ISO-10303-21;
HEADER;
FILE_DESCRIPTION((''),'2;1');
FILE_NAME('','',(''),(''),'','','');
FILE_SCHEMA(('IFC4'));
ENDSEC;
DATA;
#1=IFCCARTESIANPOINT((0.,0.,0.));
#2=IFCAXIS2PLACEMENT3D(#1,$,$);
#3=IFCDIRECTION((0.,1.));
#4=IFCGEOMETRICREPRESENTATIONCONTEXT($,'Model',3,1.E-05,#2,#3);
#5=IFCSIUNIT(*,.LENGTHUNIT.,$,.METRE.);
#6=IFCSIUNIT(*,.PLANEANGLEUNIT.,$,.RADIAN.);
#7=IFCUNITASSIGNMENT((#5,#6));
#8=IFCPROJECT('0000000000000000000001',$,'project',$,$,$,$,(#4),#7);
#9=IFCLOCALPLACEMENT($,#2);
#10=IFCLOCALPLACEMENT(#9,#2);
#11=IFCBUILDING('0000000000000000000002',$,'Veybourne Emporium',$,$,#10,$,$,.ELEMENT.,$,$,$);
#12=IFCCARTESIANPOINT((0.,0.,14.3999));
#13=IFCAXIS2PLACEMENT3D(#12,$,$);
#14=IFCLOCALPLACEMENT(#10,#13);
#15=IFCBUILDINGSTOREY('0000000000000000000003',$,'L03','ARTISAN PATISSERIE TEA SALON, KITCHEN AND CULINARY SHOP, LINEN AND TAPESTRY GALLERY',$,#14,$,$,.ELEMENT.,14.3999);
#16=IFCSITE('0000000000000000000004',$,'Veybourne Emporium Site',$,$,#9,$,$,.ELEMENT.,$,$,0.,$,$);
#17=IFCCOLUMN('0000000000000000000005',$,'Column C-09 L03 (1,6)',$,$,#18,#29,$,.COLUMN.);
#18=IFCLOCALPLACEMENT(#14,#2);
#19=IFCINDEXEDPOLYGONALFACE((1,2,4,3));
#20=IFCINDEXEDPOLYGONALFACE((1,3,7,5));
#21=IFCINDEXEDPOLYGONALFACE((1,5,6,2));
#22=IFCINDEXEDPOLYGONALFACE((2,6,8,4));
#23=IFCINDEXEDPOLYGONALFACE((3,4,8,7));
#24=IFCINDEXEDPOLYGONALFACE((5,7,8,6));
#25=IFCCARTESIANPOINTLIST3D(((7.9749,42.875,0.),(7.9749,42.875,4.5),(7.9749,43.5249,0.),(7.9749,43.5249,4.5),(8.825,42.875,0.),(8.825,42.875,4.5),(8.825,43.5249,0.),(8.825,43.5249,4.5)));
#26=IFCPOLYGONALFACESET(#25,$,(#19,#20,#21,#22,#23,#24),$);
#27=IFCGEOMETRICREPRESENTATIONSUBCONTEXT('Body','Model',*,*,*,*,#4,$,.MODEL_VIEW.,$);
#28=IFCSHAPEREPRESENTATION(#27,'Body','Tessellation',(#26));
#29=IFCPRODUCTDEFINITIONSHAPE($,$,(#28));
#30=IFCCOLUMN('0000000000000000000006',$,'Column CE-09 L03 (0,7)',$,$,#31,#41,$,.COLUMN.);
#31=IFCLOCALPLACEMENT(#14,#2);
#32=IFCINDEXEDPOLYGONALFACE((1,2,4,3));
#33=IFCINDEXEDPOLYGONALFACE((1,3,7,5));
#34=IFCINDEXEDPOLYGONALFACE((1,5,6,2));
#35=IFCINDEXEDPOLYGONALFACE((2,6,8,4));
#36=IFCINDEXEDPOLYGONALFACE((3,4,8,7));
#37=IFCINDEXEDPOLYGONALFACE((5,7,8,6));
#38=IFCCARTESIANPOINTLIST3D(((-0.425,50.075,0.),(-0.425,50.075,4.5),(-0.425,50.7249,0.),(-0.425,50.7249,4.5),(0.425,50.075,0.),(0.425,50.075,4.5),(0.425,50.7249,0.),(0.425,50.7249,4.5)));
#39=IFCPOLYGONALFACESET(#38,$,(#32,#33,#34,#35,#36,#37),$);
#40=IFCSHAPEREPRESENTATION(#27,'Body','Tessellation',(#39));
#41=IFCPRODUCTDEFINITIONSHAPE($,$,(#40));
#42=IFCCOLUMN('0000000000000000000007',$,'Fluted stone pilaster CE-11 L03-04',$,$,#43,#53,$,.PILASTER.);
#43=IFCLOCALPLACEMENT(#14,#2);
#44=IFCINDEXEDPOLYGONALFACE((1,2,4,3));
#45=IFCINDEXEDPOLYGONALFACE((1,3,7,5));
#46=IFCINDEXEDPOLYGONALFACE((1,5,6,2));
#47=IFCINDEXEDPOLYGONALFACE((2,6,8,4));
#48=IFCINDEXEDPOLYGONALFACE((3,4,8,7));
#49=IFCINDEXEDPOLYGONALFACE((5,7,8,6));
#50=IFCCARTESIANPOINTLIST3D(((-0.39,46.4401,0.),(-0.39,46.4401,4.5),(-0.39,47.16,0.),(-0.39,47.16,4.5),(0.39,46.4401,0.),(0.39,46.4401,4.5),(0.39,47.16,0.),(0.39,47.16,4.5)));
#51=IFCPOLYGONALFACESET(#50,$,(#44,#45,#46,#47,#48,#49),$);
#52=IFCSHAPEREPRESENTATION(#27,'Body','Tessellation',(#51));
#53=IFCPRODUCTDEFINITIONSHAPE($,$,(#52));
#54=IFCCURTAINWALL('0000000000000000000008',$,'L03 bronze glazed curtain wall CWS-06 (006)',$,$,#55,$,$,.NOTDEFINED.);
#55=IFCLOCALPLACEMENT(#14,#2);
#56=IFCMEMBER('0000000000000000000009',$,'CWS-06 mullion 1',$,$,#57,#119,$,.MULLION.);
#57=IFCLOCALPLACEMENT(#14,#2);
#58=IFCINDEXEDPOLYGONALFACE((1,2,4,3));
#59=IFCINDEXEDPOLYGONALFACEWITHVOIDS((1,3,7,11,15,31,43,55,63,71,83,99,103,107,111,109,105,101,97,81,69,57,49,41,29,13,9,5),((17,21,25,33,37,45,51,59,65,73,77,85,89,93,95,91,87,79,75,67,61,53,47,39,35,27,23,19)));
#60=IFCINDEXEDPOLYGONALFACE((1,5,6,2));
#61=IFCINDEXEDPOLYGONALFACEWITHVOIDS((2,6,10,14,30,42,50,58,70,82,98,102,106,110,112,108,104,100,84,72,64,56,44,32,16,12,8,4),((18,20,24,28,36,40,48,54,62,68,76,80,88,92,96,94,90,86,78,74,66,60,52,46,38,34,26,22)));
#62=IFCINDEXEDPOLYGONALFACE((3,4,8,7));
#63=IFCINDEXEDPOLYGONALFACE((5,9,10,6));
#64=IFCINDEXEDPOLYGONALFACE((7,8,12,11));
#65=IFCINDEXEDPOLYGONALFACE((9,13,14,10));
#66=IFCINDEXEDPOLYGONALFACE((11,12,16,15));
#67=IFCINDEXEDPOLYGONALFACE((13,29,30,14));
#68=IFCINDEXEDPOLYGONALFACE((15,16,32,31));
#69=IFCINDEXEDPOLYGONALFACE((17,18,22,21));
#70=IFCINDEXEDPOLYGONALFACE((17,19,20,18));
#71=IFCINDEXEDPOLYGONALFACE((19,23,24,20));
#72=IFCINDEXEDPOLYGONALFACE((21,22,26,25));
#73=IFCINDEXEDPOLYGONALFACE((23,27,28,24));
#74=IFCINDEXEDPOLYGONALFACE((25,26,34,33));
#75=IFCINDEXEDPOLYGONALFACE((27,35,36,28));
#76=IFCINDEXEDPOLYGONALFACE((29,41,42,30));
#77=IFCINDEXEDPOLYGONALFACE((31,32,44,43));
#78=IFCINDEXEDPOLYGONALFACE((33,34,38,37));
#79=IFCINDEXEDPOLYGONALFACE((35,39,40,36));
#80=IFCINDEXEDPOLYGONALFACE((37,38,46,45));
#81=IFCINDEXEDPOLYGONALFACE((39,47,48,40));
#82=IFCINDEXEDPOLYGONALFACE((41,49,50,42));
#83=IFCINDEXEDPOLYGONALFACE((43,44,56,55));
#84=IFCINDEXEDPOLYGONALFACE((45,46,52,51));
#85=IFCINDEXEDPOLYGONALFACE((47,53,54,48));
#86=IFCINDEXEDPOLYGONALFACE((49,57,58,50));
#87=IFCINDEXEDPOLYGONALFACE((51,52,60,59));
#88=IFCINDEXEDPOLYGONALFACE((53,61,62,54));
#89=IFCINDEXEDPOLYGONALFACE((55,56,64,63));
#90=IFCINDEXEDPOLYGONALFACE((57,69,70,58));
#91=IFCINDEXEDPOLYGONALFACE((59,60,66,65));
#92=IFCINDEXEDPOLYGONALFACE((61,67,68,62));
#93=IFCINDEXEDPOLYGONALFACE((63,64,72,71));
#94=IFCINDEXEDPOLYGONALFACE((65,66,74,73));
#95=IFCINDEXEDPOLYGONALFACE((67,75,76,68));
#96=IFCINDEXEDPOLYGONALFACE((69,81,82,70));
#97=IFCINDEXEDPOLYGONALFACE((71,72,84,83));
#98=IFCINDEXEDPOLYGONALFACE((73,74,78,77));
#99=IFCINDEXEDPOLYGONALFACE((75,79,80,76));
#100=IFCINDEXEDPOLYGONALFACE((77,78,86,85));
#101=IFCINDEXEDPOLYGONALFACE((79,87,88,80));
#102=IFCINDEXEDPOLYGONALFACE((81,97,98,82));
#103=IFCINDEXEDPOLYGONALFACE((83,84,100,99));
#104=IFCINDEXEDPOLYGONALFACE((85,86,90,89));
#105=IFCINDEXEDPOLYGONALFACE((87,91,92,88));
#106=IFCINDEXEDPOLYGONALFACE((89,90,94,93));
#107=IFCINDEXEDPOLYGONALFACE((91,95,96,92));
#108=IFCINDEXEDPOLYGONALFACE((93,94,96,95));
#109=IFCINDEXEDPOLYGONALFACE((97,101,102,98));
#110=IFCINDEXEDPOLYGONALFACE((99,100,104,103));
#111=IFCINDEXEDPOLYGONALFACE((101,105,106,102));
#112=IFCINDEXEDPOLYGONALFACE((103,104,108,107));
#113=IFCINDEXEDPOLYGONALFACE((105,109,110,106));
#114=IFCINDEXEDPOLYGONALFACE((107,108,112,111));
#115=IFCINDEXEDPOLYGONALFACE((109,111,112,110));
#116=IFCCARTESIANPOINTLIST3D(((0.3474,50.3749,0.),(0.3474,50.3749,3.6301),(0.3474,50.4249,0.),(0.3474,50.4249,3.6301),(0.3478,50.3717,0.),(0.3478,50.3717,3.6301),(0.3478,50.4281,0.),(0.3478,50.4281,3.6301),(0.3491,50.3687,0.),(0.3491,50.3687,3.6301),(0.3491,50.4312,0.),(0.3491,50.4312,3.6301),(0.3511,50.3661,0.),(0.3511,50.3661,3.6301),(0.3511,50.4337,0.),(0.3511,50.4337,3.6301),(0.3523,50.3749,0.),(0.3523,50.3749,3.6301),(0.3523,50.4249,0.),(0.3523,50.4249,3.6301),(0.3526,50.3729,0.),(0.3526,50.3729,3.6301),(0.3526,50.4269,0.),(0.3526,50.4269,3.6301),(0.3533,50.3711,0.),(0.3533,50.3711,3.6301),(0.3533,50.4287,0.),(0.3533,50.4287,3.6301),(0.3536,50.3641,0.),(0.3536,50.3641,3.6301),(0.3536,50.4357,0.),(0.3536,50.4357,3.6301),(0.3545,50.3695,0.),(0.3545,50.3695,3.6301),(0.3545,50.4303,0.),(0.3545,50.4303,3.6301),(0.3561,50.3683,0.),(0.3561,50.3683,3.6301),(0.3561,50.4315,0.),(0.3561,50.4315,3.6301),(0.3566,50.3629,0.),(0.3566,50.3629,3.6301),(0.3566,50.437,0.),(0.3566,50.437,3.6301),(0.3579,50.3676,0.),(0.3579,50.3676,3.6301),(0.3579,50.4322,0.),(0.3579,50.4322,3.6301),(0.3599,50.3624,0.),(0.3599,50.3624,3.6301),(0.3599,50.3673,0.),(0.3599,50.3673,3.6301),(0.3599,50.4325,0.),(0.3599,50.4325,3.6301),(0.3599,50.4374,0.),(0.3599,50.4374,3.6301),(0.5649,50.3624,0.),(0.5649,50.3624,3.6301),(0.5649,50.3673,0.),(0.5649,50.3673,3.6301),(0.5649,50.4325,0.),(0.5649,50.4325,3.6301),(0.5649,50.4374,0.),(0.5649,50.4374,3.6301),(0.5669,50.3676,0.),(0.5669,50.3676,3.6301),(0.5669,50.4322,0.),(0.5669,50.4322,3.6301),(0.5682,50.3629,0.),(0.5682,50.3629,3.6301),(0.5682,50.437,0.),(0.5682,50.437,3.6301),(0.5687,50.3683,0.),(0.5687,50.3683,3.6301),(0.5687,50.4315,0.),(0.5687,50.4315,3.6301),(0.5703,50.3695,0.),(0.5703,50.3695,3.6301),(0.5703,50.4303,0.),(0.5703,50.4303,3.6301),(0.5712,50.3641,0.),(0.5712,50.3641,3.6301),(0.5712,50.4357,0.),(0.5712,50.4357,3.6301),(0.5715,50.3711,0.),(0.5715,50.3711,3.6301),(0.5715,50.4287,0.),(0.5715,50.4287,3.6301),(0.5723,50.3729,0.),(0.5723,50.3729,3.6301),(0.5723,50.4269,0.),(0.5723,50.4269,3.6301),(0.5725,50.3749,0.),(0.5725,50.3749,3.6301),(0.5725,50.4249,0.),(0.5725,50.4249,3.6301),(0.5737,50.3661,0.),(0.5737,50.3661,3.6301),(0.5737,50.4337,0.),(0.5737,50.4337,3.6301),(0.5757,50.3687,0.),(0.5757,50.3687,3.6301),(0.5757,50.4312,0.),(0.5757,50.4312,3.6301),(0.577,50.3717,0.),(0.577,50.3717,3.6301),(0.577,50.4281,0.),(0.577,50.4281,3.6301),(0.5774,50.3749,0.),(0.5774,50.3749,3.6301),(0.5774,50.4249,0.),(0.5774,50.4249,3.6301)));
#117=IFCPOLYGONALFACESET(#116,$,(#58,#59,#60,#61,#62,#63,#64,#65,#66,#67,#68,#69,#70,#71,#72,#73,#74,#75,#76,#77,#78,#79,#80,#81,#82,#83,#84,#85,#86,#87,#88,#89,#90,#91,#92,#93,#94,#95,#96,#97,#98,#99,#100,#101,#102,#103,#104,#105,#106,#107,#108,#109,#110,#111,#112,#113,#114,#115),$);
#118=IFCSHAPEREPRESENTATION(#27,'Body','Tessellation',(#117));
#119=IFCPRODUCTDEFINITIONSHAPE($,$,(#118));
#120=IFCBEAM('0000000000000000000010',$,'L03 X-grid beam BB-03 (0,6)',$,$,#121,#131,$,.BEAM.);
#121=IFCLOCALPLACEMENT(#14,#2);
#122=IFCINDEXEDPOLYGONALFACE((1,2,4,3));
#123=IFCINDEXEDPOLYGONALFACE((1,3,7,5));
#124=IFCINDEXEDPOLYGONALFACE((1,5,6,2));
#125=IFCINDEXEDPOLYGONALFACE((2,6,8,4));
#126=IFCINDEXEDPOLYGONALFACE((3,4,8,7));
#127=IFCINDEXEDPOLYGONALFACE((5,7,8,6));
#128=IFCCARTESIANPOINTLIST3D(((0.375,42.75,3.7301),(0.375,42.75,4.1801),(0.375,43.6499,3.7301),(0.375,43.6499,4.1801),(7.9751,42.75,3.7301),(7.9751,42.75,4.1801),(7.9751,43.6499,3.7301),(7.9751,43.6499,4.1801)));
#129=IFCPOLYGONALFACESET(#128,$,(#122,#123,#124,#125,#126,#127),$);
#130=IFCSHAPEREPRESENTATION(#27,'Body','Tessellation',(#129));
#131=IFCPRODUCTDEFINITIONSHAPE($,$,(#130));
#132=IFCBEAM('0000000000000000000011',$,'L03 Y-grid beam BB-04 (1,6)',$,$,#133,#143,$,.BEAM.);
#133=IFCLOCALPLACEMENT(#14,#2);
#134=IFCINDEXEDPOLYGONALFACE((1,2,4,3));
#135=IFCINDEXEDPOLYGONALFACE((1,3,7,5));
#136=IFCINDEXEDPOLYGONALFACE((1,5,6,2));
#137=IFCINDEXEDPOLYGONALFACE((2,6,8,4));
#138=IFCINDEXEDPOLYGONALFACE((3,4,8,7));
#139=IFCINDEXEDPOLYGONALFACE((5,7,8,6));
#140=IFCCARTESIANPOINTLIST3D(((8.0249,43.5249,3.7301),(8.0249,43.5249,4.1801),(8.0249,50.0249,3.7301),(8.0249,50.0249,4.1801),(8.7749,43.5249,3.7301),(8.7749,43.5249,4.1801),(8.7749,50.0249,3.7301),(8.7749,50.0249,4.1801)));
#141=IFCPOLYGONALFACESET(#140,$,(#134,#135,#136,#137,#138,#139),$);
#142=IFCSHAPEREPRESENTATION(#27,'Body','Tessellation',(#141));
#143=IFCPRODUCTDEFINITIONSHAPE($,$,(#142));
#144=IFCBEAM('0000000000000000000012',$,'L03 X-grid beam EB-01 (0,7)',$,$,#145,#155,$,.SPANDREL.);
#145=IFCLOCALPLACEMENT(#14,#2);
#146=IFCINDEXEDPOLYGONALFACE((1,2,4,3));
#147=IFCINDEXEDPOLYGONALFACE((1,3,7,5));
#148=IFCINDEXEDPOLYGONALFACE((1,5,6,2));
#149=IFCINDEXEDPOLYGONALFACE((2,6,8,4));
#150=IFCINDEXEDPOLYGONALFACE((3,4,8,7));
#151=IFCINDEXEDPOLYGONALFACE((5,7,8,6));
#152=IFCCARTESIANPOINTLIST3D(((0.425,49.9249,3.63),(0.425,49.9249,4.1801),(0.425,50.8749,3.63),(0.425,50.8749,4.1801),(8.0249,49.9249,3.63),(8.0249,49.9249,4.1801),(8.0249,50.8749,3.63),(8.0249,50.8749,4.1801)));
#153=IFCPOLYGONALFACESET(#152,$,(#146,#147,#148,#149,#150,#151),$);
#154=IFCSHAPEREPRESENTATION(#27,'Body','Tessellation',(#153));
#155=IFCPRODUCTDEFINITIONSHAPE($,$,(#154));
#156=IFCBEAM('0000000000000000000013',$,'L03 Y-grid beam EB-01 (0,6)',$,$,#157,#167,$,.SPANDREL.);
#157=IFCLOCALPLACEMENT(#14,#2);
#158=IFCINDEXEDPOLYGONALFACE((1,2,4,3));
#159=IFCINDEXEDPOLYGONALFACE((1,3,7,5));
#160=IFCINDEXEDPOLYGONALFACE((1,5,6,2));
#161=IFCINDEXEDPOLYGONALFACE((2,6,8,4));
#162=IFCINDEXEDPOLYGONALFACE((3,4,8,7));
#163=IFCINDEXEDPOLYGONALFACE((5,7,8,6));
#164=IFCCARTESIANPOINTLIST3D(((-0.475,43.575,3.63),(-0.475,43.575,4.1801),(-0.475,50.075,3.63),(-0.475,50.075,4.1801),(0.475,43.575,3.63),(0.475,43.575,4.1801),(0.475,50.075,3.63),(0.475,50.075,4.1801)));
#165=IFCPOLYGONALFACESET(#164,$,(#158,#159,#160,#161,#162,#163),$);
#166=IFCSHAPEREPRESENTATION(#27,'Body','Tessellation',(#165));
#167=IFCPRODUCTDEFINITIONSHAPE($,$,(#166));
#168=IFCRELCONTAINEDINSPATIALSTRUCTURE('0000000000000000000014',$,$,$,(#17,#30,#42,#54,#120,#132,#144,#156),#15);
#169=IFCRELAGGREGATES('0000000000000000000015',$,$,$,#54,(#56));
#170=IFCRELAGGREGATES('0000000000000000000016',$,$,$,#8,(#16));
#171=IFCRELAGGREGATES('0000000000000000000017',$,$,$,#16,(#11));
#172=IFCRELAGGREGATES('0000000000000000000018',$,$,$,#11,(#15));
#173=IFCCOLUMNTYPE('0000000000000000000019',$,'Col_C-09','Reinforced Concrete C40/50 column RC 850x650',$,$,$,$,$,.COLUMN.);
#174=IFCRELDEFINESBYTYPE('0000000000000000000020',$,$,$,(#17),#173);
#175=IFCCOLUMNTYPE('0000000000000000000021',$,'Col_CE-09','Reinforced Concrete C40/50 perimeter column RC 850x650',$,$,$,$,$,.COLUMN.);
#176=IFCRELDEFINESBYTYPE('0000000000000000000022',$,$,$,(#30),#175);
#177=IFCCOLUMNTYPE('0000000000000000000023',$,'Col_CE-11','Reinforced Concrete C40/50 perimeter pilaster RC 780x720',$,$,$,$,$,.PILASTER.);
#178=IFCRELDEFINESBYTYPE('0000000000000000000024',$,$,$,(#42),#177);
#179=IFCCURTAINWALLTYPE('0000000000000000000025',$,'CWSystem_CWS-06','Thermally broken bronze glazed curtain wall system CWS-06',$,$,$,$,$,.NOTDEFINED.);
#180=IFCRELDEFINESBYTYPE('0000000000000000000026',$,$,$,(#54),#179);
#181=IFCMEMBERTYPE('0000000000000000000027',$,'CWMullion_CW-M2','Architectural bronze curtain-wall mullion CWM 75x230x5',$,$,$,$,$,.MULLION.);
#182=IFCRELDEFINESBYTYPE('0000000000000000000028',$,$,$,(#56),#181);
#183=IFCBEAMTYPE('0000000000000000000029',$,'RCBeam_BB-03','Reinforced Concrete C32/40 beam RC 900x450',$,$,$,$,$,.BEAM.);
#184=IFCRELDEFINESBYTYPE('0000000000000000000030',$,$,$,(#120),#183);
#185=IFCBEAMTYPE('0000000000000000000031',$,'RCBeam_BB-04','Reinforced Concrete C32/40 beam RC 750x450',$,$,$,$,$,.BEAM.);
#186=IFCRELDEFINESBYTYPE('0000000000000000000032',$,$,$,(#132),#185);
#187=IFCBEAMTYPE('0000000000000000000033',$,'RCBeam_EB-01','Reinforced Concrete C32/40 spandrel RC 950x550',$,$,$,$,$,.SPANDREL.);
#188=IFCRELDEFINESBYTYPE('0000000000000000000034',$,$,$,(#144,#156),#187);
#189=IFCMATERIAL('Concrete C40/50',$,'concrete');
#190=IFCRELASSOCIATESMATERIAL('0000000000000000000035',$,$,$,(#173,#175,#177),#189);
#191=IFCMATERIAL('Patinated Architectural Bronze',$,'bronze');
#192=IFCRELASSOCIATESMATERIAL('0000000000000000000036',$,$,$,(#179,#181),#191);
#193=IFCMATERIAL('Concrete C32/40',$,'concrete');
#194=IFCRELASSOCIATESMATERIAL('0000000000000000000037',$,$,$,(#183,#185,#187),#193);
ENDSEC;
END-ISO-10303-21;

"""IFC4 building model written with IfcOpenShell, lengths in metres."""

from ifc_helpers import new_model, si_unit, direction, frame, origin, origin_2d, place, context, subcontext, project, spatial, rectangle, hollow_rectangle, extrude, material, material_profile, profile_set, type_object, element, aggregate, save


model = new_model("IFC4")

# Units and contexts
model_context = context("Model", 3, precision=1e-05, world=origin(), true_north=direction((0.0, 1.0)))
body_context = subcontext(model_context, "Body", "Model", "MODEL_VIEW")
ifc_project = project(units=[si_unit("LENGTHUNIT", "METRE"), si_unit("PLANEANGLEUNIT", "RADIAN")], contexts=[model_context])

# Site, building, storey
site_placement = place(None, origin())
site = spatial("IfcSite", under=ifc_project, at=site_placement, Name="Veybourne Emporium Site", CompositionType="ELEMENT", RefElevation=0.0)
building_placement = place(site_placement, origin())
building = spatial("IfcBuilding", under=site, at=building_placement, Name="Veybourne Emporium", CompositionType="ELEMENT")
storey_placement = place(building_placement, frame((0.0, 0.0, 14.3999)))
storey = spatial("IfcBuildingStorey", under=building, at=storey_placement, Name="L03", Description="ARTISAN PATISSERIE TEA SALON, KITCHEN AND CULINARY SHOP, LINEN AND TAPESTRY GALLERY", CompositionType="ELEMENT", Elevation=14.3999)

# Columns
ifc_material_1 = material(Name="Concrete C40/50", Category="concrete")
ifc_material_profile_1 = material_profile(ifc_material_1, rectangle(XDim=0.8501, YDim=0.6499, at=origin_2d()), Name="RC 850x650")
ifc_profile_set_1 = profile_set([ifc_material_profile_1], Name="Concrete C40/50")
column_type_1 = type_object("IfcColumnType", Name="Col_C-09", Description="Reinforced Concrete C40/50 column RC 850x650", PredefinedType="COLUMN", material=ifc_profile_set_1)
column_1_placement = place(storey_placement, frame((8.3999, 43.2, 0.0), z_axis=(0.0, 0.0, 1.0), x_axis=(1.0, 0.0, 0.0)))
element("IfcColumn", 1, at=column_1_placement, inside=storey, type_object=column_type_1, Name="Column C-09 L03 (1,6)", PredefinedType="COLUMN", context=body_context, shape_type="SweptSolid", body=[
    extrude(rectangle(XDim=0.8501, YDim=0.6499, at=origin_2d()), origin(), (0.0, 0.0, 1.0), 4.5),
])
ifc_material_profile_2 = material_profile(ifc_material_1, rectangle(XDim=0.8501, YDim=0.6499, at=origin_2d()), Name="RC 850x650")
ifc_profile_set_2 = profile_set([ifc_material_profile_2], Name="Concrete C40/50")
column_type_2 = type_object("IfcColumnType", Name="Col_CE-09", Description="Reinforced Concrete C40/50 perimeter column RC 850x650", PredefinedType="COLUMN", material=ifc_profile_set_2)
column_2_placement = place(storey_placement, frame((0.0, 50.3999, 0.0), z_axis=(0.0, 0.0, 1.0), x_axis=(1.0, 0.0, 0.0)))
element("IfcColumn", 2, at=column_2_placement, inside=storey, type_object=column_type_2, Name="Column CE-09 L03 (0,7)", PredefinedType="COLUMN", context=body_context, shape_type="SweptSolid", body=[
    extrude(rectangle(XDim=0.8501, YDim=0.6499, at=origin_2d()), origin(), (0.0, 0.0, 1.0), 4.5),
])
ifc_material_profile_3 = material_profile(ifc_material_1, rectangle(XDim=0.78, YDim=0.72, at=origin_2d()), Name="RC 780x720")
ifc_profile_set_3 = profile_set([ifc_material_profile_3], Name="Concrete C40/50")
column_type_3 = type_object("IfcColumnType", Name="Col_CE-11", Description="Reinforced Concrete C40/50 perimeter pilaster RC 780x720", PredefinedType="PILASTER", material=ifc_profile_set_3)
column_3_placement = place(storey_placement, frame((0.0, 46.8, 0.0), z_axis=(0.0, 0.0, 1.0), x_axis=(1.0, 0.0, 0.0)))
element("IfcColumn", 3, at=column_3_placement, inside=storey, type_object=column_type_3, Name="Fluted stone pilaster CE-11 L03-04", PredefinedType="PILASTER", context=body_context, shape_type="SweptSolid", body=[
    extrude(rectangle(XDim=0.78, YDim=0.72, at=origin_2d()), origin(), (0.0, 0.0, 1.0), 4.5),
])

# Curtain wall, member
ifc_material_2 = material(Name="Patinated Architectural Bronze", Category="bronze")
curtain_wall_type = type_object("IfcCurtainWallType", Name="CWSystem_CWS-06", Description="Thermally broken bronze glazed curtain wall system CWS-06", PredefinedType="NOTDEFINED", material=ifc_material_2)
curtain_wall_placement = place(storey_placement, origin())
curtain_wall = element("IfcCurtainWall", 4, at=curtain_wall_placement, inside=storey, type_object=curtain_wall_type, Name="L03 bronze glazed curtain wall CWS-06 (006)", PredefinedType="NOTDEFINED")
ifc_material_profile_4 = material_profile(ifc_material_2, hollow_rectangle(XDim=0.075, YDim=0.23, WallThickness=0.0049, InnerFilletRadius=0.0076, OuterFilletRadius=0.0125, at=origin_2d()), Name="CWM 75x230x5")
ifc_profile_set_4 = profile_set([ifc_material_profile_4], Name="Patinated Architectural Bronze")
member_type = type_object("IfcMemberType", Name="CWMullion_CW-M2", Description="Architectural bronze curtain-wall mullion CWM 75x230x5", PredefinedType="MULLION", material=ifc_profile_set_4)
member_placement = place(storey_placement, frame((0.4624, 50.3999, 0.0), z_axis=(0.0, 0.0, 1.0), x_axis=(0.0, 1.0, 0.0)))
member = element("IfcMember", 5, at=member_placement, type_object=member_type, Name="CWS-06 mullion 1", PredefinedType="MULLION", context=body_context, shape_type="SweptSolid", body=[
    extrude(hollow_rectangle(XDim=0.075, YDim=0.23, WallThickness=0.0049, InnerFilletRadius=0.0076, OuterFilletRadius=0.0125, at=origin_2d()), origin(), (0.0, 0.0, 1.0), 3.6301),
])
aggregate(curtain_wall, [member])

# Beams
ifc_material_3 = material(Name="Concrete C32/40", Category="concrete")
ifc_material_profile_5 = material_profile(ifc_material_3, rectangle(XDim=0.8999, YDim=0.45, at=origin_2d()), Name="RC 900x450")
ifc_profile_set_5 = profile_set([ifc_material_profile_5], Name="Concrete C32/40")
beam_type_1 = type_object("IfcBeamType", Name="RCBeam_BB-03", Description="Reinforced Concrete C32/40 beam RC 900x450", PredefinedType="BEAM", material=ifc_profile_set_5)
beam_1_placement = place(storey_placement, frame((0.375, 43.2, 3.9551), z_axis=(1.0, 0.0, 0.0), x_axis=(0.0, 1.0, 0.0)))
element("IfcBeam", 6, at=beam_1_placement, inside=storey, type_object=beam_type_1, Name="L03 X-grid beam BB-03 (0,6)", PredefinedType="BEAM", context=body_context, shape_type="SweptSolid", body=[
    extrude(rectangle(XDim=0.8999, YDim=0.45, at=origin_2d()), origin(), (0.0, 0.0, 1.0), 7.6001),
])
ifc_material_profile_6 = material_profile(ifc_material_3, rectangle(XDim=0.75, YDim=0.45, at=origin_2d()), Name="RC 750x450")
ifc_profile_set_6 = profile_set([ifc_material_profile_6], Name="Concrete C32/40")
beam_type_2 = type_object("IfcBeamType", Name="RCBeam_BB-04", Description="Reinforced Concrete C32/40 beam RC 750x450", PredefinedType="BEAM", material=ifc_profile_set_6)
beam_2_placement = place(storey_placement, frame((8.3999, 43.5249, 3.9551), z_axis=(0.0, 1.0, 0.0), x_axis=(-1.0, 0.0, 0.0)))
element("IfcBeam", 7, at=beam_2_placement, inside=storey, type_object=beam_type_2, Name="L03 Y-grid beam BB-04 (1,6)", PredefinedType="BEAM", context=body_context, shape_type="SweptSolid", body=[
    extrude(rectangle(XDim=0.75, YDim=0.45, at=origin_2d()), origin(), (0.0, 0.0, 1.0), 6.5),
])
ifc_material_profile_7 = material_profile(ifc_material_3, rectangle(XDim=0.95, YDim=0.55, at=origin_2d()), Name="RC 950x550")
ifc_profile_set_7 = profile_set([ifc_material_profile_7], Name="Concrete C32/40")
beam_type_3 = type_object("IfcBeamType", Name="RCBeam_EB-01", Description="Reinforced Concrete C32/40 spandrel RC 950x550", PredefinedType="SPANDREL", material=ifc_profile_set_7)
beam_3_placement = place(storey_placement, frame((0.425, 50.3999, 3.905), z_axis=(1.0, 0.0, 0.0), x_axis=(0.0, 1.0, 0.0)))
element("IfcBeam", 8, at=beam_3_placement, inside=storey, type_object=beam_type_3, Name="L03 X-grid beam EB-01 (0,7)", PredefinedType="SPANDREL", context=body_context, shape_type="SweptSolid", body=[
    extrude(rectangle(XDim=0.95, YDim=0.55, at=origin_2d()), origin(), (0.0, 0.0, 1.0), 7.5999),
])
beam_4_placement = place(storey_placement, frame((0.0, 43.575, 3.905), z_axis=(0.0, 1.0, 0.0), x_axis=(-1.0, 0.0, 0.0)))
element("IfcBeam", 9, at=beam_4_placement, inside=storey, type_object=beam_type_3, Name="L03 Y-grid beam EB-01 (0,6)", PredefinedType="SPANDREL", context=body_context, shape_type="SweptSolid", body=[
    extrude(rectangle(XDim=0.95, YDim=0.55, at=origin_2d()), origin(), (0.0, 0.0, 1.0), 6.5),
])

save(model, "model.ifc")
